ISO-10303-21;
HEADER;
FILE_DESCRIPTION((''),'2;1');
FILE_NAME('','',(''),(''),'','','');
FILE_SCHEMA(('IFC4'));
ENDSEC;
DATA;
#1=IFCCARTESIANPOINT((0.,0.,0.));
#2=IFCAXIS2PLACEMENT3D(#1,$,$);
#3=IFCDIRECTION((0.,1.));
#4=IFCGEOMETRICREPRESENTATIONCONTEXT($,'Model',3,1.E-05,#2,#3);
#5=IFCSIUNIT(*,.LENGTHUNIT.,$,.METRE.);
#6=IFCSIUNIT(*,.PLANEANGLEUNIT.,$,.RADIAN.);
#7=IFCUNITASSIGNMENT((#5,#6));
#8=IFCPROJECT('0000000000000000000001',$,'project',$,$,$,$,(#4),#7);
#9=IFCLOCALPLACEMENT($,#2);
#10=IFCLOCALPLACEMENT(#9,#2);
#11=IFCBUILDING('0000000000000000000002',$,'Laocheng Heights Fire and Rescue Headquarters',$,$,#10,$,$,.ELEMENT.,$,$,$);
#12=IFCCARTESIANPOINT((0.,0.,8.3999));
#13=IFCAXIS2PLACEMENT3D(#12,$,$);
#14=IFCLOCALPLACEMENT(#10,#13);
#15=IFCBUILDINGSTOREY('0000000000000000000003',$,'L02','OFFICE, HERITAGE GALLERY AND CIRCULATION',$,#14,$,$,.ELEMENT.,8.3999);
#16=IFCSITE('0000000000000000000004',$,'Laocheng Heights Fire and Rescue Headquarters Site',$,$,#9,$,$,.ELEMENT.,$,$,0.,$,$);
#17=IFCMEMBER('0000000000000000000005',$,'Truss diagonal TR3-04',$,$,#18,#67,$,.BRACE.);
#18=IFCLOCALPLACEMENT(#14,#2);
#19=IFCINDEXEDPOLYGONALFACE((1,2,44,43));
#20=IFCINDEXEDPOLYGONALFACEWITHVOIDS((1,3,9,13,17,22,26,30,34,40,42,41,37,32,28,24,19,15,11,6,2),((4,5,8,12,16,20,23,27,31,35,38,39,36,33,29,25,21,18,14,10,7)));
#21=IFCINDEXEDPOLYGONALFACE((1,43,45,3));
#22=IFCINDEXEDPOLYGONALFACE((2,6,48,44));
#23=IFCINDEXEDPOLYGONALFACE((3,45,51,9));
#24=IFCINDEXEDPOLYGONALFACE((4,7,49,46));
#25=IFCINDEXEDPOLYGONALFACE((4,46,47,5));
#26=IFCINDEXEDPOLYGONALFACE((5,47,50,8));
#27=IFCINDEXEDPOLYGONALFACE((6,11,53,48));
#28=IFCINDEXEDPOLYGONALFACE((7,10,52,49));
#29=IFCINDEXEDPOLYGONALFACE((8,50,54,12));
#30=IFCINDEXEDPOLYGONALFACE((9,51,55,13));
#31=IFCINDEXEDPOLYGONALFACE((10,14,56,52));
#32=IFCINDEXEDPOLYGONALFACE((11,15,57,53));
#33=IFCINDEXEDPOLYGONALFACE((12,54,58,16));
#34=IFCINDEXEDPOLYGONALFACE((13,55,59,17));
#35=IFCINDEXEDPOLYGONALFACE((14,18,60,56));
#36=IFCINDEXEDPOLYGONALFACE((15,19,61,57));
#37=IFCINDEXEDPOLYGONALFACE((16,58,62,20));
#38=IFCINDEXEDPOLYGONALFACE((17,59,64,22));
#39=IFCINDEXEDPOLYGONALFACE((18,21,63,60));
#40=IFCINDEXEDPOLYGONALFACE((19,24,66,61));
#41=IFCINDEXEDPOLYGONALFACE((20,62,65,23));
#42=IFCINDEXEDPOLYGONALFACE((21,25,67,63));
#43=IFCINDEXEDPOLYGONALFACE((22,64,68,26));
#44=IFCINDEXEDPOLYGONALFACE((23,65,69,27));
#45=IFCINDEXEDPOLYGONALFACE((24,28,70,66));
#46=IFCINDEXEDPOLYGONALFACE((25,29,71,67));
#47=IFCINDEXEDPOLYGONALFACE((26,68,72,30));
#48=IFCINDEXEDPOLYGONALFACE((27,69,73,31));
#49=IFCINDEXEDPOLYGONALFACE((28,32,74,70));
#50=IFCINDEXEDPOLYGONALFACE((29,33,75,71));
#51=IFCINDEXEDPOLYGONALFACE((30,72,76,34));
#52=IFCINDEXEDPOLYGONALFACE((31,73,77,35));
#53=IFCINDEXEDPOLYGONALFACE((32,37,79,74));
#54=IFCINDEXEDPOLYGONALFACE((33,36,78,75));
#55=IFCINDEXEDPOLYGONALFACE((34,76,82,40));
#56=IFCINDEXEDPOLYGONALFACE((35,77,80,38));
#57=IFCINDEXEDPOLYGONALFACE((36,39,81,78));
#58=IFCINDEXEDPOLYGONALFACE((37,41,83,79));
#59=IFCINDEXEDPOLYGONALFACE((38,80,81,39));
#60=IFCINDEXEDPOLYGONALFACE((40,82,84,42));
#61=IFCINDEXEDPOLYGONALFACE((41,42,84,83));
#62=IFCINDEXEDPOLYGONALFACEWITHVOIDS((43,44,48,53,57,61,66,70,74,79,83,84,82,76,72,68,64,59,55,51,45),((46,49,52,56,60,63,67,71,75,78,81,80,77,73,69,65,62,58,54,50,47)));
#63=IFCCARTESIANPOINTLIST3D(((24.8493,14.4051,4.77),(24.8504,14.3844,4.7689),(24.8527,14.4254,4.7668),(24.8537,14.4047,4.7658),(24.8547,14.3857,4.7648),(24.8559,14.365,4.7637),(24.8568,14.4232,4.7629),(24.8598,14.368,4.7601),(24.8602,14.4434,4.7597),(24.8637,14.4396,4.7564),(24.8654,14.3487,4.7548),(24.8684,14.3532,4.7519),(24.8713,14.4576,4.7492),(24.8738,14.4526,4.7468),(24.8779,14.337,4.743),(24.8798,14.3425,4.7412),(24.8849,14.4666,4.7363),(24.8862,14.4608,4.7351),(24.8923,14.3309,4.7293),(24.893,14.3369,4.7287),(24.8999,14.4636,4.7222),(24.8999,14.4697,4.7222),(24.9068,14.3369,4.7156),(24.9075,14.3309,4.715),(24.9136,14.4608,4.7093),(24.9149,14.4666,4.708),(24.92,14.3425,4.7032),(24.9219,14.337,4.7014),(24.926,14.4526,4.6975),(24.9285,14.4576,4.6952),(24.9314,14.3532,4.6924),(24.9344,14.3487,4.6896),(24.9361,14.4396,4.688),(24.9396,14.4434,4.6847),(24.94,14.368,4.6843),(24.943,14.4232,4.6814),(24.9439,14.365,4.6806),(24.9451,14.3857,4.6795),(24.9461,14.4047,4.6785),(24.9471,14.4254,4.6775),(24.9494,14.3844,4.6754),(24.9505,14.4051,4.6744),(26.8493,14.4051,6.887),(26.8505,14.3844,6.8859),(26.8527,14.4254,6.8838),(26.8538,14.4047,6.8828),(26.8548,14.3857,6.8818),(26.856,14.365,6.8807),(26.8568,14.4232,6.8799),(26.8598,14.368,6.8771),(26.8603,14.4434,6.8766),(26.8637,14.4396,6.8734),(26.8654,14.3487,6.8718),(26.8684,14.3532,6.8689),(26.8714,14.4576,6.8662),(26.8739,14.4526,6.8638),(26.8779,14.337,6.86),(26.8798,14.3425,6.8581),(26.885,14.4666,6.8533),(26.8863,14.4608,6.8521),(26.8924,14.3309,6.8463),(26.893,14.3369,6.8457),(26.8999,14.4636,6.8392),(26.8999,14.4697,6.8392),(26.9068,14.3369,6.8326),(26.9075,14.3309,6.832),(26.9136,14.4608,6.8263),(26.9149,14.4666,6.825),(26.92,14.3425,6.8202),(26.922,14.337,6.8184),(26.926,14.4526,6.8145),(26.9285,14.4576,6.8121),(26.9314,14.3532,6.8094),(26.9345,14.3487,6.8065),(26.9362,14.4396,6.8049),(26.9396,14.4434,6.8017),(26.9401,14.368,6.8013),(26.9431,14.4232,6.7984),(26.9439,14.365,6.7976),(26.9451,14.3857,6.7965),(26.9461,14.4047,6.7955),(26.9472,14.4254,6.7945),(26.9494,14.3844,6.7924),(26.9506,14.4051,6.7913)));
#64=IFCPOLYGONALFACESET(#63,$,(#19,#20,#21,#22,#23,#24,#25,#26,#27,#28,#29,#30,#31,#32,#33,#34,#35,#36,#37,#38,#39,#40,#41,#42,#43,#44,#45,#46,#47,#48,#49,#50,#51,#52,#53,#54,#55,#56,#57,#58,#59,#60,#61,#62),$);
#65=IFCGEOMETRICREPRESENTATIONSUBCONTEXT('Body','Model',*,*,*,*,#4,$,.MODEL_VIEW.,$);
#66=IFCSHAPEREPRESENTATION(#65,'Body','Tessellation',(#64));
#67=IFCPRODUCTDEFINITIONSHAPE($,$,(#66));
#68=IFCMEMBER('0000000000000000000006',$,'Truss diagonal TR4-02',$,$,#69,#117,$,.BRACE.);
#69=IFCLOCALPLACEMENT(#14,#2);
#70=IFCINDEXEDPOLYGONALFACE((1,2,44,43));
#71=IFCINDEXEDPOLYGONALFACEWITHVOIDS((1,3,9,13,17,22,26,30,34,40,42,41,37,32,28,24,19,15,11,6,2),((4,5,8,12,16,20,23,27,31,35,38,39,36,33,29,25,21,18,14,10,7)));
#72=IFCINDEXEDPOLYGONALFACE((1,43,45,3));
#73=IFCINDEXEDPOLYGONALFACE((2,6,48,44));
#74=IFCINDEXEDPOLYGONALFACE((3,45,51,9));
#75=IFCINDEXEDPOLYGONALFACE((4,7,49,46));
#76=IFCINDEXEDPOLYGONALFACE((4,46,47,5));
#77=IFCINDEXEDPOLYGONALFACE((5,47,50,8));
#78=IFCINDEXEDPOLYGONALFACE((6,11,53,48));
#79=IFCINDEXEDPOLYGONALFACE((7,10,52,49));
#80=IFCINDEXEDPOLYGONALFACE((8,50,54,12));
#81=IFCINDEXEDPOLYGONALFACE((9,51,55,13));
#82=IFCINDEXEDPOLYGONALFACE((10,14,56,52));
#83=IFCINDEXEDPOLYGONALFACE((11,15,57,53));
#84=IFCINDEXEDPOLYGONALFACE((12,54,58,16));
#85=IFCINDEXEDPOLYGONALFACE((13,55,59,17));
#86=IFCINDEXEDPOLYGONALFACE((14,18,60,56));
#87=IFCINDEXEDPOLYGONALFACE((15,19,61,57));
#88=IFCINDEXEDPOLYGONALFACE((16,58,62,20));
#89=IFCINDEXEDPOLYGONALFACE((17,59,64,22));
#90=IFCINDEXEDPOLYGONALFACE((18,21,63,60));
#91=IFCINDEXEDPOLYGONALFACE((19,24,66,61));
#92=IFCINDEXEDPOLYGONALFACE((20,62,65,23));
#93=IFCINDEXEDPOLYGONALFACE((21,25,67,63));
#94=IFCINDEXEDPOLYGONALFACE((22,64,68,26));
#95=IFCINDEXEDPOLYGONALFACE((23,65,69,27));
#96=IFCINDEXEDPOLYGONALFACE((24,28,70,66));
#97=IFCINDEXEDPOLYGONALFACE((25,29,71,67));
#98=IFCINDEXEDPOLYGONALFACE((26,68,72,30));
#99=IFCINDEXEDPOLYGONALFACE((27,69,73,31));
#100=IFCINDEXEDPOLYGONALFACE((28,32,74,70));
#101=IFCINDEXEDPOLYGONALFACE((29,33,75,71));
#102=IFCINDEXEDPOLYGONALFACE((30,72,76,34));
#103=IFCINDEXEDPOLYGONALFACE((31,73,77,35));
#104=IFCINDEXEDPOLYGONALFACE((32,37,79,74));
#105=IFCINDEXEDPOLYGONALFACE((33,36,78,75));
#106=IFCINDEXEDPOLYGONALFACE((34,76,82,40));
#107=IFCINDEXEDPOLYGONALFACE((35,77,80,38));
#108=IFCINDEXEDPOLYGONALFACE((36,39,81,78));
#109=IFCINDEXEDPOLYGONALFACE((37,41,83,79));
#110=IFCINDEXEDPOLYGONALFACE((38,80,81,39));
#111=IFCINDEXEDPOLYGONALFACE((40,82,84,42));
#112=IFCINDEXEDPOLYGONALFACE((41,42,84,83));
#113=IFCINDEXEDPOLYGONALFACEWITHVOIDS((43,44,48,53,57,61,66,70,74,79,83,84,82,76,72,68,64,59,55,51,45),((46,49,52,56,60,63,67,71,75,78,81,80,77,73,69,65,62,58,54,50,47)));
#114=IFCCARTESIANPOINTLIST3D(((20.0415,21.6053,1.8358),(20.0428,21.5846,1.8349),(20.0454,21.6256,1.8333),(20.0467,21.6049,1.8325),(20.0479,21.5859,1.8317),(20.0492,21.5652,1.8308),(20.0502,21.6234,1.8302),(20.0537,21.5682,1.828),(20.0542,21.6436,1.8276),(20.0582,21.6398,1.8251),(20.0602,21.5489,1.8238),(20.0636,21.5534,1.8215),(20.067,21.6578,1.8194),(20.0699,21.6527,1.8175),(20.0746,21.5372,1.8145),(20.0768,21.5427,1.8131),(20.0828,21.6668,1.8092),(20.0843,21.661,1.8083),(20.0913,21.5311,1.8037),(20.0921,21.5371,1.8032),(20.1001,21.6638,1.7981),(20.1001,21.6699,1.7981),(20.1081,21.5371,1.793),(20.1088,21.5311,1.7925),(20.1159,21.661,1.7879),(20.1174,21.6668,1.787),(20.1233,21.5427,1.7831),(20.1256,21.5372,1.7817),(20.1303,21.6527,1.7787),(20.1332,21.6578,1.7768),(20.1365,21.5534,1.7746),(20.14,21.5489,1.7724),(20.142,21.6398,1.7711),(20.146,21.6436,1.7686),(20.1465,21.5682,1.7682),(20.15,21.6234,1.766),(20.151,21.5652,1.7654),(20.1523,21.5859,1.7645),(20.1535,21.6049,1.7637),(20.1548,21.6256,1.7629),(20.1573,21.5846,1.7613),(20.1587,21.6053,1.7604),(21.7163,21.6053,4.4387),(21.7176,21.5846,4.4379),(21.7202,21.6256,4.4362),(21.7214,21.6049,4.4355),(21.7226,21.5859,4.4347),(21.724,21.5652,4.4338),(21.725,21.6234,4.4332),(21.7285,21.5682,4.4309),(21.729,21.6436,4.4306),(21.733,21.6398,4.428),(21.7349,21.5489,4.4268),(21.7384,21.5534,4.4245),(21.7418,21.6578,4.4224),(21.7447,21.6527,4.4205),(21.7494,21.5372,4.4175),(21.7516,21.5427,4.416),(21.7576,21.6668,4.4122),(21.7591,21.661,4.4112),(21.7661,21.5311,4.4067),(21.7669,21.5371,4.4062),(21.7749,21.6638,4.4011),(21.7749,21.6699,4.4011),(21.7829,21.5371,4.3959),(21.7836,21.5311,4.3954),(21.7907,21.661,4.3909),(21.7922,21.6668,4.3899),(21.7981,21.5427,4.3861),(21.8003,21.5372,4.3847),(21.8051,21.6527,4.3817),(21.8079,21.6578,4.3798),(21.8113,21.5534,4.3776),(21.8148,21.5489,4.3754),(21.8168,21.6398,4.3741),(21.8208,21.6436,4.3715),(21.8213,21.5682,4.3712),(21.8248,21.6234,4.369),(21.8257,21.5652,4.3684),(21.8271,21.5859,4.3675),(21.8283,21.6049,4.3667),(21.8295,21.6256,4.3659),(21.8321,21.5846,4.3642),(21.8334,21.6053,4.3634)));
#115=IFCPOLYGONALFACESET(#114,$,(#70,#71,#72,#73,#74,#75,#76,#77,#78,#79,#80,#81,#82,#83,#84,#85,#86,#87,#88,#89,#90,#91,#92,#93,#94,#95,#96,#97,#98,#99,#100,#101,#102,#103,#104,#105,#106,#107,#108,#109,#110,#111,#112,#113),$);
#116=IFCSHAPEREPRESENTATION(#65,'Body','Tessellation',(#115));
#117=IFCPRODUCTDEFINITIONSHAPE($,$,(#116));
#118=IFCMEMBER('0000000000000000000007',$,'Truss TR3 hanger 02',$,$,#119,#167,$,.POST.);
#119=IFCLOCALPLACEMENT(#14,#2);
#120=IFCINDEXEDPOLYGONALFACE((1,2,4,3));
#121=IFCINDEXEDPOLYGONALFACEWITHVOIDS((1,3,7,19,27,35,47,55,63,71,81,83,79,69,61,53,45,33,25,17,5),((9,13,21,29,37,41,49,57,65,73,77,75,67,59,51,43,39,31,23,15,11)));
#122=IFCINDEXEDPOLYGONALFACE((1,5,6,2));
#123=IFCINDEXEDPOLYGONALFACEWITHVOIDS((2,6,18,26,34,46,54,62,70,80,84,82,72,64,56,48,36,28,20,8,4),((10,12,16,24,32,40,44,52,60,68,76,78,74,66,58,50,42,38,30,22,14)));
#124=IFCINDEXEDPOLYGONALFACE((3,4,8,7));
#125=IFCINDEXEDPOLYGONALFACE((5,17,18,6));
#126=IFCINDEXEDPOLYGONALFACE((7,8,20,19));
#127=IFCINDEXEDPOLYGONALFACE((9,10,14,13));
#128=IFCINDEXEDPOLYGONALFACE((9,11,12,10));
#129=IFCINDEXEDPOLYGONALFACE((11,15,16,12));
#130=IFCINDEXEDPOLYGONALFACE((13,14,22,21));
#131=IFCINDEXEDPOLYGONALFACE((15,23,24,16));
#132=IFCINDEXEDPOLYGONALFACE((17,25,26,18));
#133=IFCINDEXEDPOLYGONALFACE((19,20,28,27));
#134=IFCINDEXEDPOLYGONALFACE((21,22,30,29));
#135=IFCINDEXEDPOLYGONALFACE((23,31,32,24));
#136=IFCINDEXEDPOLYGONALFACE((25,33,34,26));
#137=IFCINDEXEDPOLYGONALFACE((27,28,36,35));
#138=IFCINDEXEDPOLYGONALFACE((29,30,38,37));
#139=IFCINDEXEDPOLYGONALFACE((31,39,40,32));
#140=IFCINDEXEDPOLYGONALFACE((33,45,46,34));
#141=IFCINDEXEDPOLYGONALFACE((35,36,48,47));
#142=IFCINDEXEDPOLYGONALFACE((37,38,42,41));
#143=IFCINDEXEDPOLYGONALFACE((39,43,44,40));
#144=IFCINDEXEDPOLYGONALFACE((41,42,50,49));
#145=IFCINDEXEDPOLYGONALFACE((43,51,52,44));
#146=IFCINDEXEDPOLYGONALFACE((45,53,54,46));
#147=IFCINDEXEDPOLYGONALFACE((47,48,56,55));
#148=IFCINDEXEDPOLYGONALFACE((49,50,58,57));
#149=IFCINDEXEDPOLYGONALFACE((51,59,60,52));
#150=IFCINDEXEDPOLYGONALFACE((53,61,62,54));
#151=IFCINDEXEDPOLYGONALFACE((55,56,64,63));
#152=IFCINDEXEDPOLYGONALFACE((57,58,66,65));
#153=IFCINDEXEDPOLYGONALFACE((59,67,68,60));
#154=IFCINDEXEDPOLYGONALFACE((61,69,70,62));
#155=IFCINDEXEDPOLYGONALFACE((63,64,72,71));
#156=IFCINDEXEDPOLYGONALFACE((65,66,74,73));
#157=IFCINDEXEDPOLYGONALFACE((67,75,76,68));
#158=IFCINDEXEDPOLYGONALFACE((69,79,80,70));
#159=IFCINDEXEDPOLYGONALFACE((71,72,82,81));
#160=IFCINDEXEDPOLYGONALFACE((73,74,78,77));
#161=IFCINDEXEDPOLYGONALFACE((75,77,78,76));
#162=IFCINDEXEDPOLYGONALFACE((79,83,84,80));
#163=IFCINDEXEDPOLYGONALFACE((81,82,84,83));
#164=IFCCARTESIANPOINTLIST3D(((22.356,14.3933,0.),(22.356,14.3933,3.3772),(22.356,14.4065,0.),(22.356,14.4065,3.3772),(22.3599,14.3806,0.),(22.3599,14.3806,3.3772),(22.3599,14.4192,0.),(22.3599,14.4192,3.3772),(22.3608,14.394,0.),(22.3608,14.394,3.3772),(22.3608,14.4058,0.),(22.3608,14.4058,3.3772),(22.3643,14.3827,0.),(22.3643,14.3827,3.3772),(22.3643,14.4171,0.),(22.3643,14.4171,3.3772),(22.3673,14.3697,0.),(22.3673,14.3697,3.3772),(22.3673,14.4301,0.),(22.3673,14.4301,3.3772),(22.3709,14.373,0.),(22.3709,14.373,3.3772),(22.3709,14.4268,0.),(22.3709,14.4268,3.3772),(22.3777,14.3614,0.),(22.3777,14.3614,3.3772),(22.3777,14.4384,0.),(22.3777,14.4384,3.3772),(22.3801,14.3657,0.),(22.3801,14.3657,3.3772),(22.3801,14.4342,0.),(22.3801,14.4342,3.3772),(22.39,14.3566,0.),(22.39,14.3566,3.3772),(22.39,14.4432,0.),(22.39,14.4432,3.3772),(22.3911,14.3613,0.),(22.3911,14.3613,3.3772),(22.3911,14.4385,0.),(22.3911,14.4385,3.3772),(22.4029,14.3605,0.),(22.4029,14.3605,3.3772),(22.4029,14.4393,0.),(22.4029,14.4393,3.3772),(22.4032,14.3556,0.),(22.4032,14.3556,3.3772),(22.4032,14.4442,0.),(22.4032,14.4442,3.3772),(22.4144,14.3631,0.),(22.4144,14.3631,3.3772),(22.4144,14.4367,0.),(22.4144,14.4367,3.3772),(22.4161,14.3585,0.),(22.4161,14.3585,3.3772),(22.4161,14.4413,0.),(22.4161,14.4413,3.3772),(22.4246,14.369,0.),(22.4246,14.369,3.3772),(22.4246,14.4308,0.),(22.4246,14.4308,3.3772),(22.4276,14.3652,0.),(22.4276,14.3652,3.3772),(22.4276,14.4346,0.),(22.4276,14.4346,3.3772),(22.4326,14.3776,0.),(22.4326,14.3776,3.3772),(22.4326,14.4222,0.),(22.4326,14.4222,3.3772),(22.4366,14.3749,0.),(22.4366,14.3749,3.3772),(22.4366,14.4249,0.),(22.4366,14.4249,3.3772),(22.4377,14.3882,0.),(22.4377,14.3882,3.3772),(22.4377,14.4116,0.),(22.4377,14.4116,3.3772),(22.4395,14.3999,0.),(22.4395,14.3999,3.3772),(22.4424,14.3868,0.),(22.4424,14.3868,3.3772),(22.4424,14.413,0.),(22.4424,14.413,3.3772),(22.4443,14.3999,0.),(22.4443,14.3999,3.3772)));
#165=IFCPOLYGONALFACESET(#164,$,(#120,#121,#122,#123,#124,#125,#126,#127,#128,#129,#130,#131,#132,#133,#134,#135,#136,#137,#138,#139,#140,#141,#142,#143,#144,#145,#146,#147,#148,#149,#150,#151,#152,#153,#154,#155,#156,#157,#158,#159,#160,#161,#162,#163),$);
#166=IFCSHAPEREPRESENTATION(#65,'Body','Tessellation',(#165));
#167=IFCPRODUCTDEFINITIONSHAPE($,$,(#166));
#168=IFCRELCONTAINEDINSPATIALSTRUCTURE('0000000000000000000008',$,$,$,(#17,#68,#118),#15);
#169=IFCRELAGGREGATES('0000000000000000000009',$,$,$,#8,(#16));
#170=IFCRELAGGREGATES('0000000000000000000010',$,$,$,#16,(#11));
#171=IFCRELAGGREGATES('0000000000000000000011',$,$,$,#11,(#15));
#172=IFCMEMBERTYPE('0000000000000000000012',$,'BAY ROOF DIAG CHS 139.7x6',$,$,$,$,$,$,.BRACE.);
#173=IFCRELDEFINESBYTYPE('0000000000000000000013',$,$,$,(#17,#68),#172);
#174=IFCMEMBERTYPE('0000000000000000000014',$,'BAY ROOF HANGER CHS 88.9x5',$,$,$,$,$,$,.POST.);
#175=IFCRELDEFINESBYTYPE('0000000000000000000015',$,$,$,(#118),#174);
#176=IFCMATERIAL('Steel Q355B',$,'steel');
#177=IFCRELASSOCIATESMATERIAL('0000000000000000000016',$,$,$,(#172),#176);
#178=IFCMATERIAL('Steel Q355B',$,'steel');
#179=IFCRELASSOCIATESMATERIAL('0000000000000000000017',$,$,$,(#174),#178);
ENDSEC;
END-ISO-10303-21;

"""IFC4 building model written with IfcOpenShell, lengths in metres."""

from ifc_helpers import new_model, si_unit, direction, frame, origin, origin_2d, place, context, subcontext, project, spatial, hollow_circle, extrude, material, material_profile, profile_set, type_object, element, save


model = new_model("IFC4")

# Units and contexts
model_context = context("Model", 3, precision=1e-05, world=origin(), true_north=direction((0.0, 1.0)))
body_context = subcontext(model_context, "Body", "Model", "MODEL_VIEW")
ifc_project = project(units=[si_unit("LENGTHUNIT", "METRE"), si_unit("PLANEANGLEUNIT", "RADIAN")], contexts=[model_context])

# Site, building, storey
site_placement = place(None, origin())
site = spatial("IfcSite", under=ifc_project, at=site_placement, Name="Laocheng Heights Fire and Rescue Headquarters Site", CompositionType="ELEMENT", RefElevation=0.0)
building_placement = place(site_placement, origin())
building = spatial("IfcBuilding", under=site, at=building_placement, Name="Laocheng Heights Fire and Rescue Headquarters", CompositionType="ELEMENT")
storey_placement = place(building_placement, frame((0.0, 0.0, 8.3999)))
storey = spatial("IfcBuildingStorey", under=building, at=storey_placement, Name="L02", Description="OFFICE, HERITAGE GALLERY AND CIRCULATION", CompositionType="ELEMENT", Elevation=8.3999)

# Members
ifc_material_1 = material(Name="Steel Q355B", Category="steel")
ifc_material_profile_1 = material_profile(ifc_material_1, hollow_circle(Radius=0.0698, WallThickness=0.0061, at=origin_2d()), Name="CHS 139.7x6")
ifc_profile_set_1 = profile_set([ifc_material_profile_1], Name="Steel Q355B")
member_type_1 = type_object("IfcMemberType", Name="BAY ROOF DIAG CHS 139.7x6", PredefinedType="BRACE", material=ifc_profile_set_1)
member_1_placement = place(storey_placement, frame((24.8999, 14.3999, 4.7222), z_axis=(0.686744, 0.0, 0.726899), x_axis=(0.0, 1.0, 0.0)))
element("IfcMember", 1, at=member_1_placement, inside=storey, type_object=member_type_1, Name="Truss diagonal TR3-04", PredefinedType="BRACE", context=body_context, shape_type="SweptSolid", body=[
    extrude(hollow_circle(Radius=0.0698, WallThickness=0.0061, at=origin_2d()), origin(), (0.0, 0.0, 1.0), 2.9124),
])
member_2_placement = place(storey_placement, frame((20.1001, 21.6001, 1.7981), z_axis=(0.541084, 0.0, 0.840968), x_axis=(0.0, 1.0, 0.0)))
element("IfcMember", 2, at=member_2_placement, inside=storey, type_object=member_type_1, Name="Truss diagonal TR4-02", PredefinedType="BRACE", context=body_context, shape_type="SweptSolid", body=[
    extrude(hollow_circle(Radius=0.0698, WallThickness=0.0061, at=origin_2d()), origin(), (0.0, 0.0, 1.0), 3.0952),
])
ifc_material_2 = material(Name="Steel Q355B", Category="steel")
ifc_material_profile_2 = material_profile(ifc_material_2, hollow_circle(Radius=0.0444, WallThickness=0.0049, at=origin_2d()), Name="CHS 88.9x5")
ifc_profile_set_2 = profile_set([ifc_material_profile_2], Name="Steel Q355B")
member_type_2 = type_object("IfcMemberType", Name="BAY ROOF HANGER CHS 88.9x5", PredefinedType="POST", material=ifc_profile_set_2)
member_3_placement = place(storey_placement, frame((22.3999, 14.3999, 0.0), z_axis=(0.0, 0.0, 1.0), x_axis=(1.0, 0.0, 0.0)))
element("IfcMember", 3, at=member_3_placement, inside=storey, type_object=member_type_2, Name="Truss TR3 hanger 02", PredefinedType="POST", context=body_context, shape_type="SweptSolid", body=[
    extrude(hollow_circle(Radius=0.0444, WallThickness=0.0049, at=origin_2d()), origin(), (0.0, 0.0, 1.0), 3.3772),
])

save(model, "model.ifc")
